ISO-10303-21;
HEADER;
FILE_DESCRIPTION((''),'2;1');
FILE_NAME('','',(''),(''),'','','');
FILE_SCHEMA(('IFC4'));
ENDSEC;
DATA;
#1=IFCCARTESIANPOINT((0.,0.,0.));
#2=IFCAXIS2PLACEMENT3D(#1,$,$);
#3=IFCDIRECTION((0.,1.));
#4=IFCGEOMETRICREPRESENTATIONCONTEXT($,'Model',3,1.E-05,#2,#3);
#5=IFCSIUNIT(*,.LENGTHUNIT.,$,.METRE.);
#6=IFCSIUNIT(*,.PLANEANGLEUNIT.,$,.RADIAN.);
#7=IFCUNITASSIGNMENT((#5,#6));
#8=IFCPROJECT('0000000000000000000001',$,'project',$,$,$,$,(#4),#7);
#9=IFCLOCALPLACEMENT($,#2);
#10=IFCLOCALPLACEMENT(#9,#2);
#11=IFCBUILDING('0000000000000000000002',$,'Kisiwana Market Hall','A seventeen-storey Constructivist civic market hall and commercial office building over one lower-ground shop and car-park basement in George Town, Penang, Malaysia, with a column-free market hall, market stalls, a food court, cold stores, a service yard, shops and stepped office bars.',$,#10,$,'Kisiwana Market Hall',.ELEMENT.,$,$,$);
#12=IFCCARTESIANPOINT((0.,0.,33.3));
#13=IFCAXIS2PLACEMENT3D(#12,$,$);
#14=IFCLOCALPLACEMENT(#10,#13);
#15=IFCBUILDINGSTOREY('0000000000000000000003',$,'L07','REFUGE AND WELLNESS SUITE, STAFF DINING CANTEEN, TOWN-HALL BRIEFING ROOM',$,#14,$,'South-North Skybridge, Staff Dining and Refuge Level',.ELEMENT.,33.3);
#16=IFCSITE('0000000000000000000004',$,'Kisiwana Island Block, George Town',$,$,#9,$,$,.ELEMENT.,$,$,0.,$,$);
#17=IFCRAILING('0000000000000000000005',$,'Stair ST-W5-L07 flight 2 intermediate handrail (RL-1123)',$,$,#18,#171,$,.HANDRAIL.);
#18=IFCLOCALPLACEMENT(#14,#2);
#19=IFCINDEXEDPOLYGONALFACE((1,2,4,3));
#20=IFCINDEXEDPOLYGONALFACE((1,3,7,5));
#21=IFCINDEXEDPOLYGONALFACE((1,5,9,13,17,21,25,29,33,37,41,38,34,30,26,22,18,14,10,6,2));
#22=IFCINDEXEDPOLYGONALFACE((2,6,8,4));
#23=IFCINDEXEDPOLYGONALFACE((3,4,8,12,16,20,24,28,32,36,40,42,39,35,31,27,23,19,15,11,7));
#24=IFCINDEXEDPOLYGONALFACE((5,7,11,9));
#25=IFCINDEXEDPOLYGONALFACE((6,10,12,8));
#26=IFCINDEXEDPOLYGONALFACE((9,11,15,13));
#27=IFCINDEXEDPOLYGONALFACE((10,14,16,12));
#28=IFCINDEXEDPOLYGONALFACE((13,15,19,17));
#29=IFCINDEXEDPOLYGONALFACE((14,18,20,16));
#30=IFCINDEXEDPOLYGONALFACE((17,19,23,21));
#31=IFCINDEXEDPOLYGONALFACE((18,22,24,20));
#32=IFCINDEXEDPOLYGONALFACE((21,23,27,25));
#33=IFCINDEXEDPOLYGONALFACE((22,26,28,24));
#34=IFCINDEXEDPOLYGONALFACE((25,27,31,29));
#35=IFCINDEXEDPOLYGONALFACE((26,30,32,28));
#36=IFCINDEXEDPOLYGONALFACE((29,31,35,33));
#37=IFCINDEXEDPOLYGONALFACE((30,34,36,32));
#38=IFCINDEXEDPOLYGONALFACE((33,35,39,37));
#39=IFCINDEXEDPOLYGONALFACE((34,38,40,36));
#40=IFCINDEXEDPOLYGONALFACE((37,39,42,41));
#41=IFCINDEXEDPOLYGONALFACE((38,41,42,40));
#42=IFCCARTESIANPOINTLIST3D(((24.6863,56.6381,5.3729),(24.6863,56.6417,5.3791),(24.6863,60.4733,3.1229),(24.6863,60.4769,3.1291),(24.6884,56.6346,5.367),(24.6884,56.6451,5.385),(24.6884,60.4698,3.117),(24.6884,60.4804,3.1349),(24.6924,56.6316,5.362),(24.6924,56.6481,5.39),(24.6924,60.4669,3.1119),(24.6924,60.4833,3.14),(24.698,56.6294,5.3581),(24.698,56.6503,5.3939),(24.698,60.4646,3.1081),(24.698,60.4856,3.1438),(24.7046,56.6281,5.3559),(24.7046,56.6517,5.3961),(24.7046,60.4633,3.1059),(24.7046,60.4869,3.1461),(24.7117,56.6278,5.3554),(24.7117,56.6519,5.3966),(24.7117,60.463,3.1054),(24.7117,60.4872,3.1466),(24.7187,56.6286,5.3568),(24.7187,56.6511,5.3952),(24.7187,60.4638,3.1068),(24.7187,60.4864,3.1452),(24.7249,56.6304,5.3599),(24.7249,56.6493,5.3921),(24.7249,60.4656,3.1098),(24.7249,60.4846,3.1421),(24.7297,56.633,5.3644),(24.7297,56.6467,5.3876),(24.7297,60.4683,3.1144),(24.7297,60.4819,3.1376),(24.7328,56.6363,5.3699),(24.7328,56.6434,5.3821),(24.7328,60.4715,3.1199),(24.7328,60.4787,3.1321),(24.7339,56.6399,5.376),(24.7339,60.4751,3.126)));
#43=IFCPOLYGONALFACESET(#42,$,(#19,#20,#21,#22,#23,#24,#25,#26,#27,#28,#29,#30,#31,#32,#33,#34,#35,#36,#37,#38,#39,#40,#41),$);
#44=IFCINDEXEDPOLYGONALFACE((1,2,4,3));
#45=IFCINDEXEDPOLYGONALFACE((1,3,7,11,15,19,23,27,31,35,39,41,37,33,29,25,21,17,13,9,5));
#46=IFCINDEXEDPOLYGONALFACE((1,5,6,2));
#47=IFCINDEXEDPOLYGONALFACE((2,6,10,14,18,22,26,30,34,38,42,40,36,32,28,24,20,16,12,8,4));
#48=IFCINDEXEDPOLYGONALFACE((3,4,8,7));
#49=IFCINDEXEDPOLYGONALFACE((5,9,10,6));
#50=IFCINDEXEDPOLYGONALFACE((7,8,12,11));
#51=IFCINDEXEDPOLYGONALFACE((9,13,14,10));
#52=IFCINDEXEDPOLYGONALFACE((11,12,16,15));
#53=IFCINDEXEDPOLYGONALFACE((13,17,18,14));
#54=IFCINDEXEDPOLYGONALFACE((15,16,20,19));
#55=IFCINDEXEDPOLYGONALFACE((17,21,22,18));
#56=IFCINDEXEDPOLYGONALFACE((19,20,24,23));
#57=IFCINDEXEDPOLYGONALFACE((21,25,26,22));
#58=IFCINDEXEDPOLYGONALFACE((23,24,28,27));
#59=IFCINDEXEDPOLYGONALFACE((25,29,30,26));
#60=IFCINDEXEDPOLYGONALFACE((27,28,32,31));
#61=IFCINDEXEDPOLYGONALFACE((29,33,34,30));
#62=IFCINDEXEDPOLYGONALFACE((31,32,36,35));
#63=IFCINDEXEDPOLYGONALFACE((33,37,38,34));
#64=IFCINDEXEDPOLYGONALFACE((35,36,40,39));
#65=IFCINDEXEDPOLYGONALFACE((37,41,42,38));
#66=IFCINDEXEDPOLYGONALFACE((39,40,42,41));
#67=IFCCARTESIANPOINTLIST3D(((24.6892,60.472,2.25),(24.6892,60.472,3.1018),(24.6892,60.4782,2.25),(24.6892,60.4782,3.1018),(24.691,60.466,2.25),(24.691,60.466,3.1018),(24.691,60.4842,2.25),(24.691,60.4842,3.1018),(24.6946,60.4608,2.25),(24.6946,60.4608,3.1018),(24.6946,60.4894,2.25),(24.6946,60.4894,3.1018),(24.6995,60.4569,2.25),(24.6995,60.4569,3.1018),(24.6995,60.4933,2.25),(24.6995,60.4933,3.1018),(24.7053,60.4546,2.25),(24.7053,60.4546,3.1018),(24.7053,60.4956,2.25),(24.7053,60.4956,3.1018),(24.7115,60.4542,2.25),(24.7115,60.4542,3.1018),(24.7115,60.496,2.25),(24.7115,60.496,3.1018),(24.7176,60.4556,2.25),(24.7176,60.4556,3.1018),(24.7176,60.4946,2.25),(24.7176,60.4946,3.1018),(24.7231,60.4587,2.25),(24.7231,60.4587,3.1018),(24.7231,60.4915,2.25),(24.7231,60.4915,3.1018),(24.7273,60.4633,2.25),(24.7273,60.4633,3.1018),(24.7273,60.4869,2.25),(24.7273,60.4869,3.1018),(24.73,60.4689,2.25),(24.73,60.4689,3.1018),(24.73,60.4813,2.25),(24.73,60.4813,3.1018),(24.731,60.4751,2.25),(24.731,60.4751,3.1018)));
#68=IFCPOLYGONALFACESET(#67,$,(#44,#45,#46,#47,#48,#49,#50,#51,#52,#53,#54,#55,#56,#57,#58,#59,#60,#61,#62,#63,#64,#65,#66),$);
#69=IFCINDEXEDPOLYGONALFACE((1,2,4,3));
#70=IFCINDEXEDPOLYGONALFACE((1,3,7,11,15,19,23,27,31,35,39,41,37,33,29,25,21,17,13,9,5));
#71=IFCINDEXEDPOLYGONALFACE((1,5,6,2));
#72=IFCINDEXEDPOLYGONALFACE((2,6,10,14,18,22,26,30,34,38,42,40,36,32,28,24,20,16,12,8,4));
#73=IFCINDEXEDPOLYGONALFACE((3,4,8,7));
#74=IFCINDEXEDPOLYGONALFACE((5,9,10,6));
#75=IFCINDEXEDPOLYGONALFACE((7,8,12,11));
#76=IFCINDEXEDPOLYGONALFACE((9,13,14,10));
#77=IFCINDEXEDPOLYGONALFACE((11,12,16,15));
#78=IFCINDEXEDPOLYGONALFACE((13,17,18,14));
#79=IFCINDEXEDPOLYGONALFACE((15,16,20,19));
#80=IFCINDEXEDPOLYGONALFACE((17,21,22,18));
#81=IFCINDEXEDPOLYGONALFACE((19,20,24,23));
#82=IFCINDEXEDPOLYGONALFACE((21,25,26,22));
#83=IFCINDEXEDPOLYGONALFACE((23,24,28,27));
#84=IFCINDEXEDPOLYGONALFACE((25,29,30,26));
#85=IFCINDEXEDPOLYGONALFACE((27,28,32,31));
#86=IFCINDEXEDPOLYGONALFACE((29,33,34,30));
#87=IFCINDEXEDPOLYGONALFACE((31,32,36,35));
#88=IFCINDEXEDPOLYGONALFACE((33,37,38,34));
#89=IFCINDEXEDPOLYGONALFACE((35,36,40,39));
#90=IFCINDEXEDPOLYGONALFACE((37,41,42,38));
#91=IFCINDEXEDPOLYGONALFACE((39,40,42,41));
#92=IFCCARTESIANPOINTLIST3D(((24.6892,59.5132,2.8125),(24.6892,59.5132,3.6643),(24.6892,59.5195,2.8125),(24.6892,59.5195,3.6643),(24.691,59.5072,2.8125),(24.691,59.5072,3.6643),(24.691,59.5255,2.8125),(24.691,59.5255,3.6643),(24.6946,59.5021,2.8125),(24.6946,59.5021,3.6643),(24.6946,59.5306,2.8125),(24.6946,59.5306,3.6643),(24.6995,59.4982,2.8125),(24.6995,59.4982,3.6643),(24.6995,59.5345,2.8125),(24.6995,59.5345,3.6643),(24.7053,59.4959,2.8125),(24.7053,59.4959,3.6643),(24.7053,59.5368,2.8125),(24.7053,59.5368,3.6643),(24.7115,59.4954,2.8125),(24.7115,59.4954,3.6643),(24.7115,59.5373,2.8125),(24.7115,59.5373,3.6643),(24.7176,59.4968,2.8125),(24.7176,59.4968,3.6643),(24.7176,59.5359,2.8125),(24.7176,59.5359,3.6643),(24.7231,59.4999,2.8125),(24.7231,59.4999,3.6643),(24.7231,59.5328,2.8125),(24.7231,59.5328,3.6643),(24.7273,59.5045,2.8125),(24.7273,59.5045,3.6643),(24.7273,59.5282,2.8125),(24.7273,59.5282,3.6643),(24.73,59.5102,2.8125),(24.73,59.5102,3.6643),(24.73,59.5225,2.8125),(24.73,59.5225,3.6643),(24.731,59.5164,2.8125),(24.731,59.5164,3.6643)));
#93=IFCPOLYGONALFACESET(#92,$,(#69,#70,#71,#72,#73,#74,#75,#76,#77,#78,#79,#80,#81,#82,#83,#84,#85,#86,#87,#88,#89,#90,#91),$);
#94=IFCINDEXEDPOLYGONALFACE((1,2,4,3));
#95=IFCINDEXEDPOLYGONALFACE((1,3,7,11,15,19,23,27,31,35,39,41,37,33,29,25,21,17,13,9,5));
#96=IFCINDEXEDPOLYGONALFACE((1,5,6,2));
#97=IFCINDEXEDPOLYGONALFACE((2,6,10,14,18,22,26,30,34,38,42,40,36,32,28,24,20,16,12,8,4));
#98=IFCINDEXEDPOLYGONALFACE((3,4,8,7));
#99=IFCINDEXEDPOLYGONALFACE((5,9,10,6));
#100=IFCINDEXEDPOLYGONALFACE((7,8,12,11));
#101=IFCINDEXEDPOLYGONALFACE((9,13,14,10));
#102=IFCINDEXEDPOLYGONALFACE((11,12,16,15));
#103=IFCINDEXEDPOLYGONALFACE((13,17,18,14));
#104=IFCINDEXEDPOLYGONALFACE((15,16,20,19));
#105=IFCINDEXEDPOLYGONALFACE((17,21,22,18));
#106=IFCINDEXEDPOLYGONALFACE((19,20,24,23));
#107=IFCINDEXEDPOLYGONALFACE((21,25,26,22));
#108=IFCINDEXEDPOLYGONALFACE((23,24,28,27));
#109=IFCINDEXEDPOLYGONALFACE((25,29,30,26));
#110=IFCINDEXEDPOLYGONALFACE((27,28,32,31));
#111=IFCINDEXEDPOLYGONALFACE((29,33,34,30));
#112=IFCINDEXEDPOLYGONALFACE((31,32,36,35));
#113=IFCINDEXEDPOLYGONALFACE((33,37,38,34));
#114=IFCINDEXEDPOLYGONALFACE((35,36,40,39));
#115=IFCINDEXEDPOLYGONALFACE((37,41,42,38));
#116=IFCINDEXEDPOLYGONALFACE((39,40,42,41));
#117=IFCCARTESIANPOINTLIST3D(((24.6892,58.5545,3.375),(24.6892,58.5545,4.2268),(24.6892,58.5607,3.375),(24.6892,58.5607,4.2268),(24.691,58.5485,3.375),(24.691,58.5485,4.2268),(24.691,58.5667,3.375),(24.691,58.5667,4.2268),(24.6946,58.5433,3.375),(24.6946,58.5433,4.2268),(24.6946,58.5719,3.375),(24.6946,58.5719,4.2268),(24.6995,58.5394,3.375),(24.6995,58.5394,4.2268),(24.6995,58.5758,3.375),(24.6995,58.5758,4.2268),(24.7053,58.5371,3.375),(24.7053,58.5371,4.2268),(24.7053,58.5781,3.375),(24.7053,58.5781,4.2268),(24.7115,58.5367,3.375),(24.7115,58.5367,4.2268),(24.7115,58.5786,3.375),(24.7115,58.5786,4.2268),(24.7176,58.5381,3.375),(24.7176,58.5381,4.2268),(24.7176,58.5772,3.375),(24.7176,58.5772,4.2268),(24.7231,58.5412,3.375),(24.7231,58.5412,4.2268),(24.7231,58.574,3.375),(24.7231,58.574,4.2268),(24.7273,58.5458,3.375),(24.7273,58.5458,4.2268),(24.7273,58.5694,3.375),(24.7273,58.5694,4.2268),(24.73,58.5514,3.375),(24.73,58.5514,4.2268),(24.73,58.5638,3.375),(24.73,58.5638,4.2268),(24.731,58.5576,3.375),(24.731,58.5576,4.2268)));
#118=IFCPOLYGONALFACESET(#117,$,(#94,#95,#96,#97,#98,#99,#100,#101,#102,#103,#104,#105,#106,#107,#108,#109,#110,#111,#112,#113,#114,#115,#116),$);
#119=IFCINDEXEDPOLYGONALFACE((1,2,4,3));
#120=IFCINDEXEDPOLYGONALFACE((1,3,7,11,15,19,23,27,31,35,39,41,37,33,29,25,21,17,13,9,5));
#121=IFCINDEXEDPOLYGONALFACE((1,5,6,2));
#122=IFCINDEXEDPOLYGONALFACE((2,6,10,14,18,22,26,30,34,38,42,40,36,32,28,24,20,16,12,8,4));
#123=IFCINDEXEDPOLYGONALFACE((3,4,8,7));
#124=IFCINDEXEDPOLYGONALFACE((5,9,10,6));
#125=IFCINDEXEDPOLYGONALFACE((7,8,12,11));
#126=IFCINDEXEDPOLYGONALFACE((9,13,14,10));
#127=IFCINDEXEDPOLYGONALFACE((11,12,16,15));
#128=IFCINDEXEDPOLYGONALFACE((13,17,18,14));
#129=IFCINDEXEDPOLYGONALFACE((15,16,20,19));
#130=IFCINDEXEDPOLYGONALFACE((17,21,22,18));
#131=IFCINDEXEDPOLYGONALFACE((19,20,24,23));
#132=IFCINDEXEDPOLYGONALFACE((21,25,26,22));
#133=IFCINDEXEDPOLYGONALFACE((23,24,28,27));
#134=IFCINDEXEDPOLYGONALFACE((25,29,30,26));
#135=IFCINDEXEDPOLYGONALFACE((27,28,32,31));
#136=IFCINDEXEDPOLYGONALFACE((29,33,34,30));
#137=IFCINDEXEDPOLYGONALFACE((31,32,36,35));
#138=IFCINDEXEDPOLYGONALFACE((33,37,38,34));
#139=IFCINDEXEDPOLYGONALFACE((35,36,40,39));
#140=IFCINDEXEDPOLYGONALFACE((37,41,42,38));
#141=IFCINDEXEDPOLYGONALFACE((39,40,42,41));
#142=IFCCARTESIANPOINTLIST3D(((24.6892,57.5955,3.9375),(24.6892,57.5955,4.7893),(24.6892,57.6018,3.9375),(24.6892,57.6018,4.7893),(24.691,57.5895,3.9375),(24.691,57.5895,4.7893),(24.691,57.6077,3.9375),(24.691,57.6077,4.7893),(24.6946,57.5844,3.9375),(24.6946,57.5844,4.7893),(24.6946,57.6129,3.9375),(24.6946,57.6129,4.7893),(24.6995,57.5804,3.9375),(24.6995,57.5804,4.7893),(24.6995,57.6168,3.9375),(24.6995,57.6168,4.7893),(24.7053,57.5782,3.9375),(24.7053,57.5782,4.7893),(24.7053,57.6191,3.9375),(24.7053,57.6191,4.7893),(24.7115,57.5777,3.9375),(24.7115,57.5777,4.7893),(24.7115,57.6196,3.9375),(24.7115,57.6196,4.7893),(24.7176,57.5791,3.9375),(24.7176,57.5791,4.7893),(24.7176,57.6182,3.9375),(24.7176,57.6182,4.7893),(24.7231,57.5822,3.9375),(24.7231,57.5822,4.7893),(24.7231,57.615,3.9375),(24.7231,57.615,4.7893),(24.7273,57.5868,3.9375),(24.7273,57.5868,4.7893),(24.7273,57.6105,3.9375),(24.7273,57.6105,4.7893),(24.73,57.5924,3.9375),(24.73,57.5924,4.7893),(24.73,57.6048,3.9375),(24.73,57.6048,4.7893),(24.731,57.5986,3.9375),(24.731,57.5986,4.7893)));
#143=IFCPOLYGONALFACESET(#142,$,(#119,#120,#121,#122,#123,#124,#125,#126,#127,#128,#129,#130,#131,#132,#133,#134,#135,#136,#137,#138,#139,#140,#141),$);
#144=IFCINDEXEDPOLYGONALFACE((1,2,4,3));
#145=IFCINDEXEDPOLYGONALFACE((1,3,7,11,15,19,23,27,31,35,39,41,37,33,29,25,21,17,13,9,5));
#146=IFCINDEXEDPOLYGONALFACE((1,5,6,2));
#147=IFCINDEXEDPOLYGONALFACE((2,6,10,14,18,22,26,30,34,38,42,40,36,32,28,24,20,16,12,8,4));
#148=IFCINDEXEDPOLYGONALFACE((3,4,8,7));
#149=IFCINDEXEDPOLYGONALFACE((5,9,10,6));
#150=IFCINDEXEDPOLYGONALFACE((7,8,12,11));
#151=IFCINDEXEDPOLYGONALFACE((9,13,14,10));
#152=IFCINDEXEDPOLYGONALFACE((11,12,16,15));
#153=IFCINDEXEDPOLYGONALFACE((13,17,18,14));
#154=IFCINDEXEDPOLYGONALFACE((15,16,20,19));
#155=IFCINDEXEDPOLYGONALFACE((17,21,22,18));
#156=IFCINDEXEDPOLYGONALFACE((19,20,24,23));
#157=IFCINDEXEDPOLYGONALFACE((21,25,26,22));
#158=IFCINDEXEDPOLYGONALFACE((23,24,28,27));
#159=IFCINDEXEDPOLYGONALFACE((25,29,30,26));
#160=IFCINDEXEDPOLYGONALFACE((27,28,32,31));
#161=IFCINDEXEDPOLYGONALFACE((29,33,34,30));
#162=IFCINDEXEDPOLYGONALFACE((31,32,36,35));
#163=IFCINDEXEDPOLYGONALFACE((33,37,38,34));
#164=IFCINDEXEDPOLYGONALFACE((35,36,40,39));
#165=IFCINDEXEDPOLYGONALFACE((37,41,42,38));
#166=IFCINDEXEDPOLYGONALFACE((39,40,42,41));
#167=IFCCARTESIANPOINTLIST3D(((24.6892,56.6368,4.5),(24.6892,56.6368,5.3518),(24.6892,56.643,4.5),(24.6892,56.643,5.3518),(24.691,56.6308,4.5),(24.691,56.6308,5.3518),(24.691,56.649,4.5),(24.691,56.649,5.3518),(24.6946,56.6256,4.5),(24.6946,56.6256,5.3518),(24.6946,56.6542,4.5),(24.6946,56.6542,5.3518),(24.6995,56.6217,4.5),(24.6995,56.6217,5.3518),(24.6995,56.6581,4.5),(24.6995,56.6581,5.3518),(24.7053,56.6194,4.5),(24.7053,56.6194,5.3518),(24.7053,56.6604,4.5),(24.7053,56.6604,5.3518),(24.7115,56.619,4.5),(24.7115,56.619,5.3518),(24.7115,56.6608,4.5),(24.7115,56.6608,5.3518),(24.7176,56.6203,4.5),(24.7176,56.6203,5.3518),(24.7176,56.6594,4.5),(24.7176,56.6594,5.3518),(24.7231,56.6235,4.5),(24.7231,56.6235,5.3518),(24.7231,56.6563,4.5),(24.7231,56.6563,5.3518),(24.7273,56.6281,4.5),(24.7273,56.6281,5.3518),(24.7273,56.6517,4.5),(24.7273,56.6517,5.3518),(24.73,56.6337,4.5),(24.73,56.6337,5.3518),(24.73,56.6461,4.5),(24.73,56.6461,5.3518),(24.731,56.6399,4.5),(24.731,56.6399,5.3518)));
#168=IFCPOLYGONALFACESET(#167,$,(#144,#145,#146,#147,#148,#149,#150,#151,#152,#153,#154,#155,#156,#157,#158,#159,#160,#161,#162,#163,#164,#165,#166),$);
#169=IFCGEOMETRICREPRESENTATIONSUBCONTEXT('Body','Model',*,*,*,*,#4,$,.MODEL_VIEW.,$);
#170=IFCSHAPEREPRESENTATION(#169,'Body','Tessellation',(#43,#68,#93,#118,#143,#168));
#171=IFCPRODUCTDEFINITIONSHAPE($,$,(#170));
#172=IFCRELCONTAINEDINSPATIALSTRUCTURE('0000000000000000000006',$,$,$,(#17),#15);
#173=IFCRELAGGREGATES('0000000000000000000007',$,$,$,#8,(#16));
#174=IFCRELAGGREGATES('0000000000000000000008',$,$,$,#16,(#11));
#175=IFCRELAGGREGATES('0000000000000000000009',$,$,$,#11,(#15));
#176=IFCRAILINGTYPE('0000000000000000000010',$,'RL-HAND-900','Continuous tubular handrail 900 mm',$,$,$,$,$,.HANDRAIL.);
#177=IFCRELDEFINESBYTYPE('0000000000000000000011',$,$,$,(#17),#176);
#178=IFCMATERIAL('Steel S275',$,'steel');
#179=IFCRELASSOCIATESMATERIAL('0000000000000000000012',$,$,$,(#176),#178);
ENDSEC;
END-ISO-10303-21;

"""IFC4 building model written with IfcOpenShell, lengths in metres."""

from ifc_helpers import new_model, si_unit, direction, frame, origin, origin_2d, place, context, subcontext, project, spatial, circle, extrude, material, type_object, element, save


model = new_model("IFC4")

# Units and contexts
model_context = context("Model", 3, precision=1e-05, world=origin(), true_north=direction((0.0, 1.0)))
body_context = subcontext(model_context, "Body", "Model", "MODEL_VIEW")
ifc_project = project(units=[si_unit("LENGTHUNIT", "METRE"), si_unit("PLANEANGLEUNIT", "RADIAN")], contexts=[model_context])

# Site, building, storey
site_placement = place(None, origin())
site = spatial("IfcSite", under=ifc_project, at=site_placement, Name="Kisiwana Island Block, George Town", CompositionType="ELEMENT", RefElevation=0.0)
building_placement = place(site_placement, origin())
building = spatial("IfcBuilding", under=site, at=building_placement, Name="Kisiwana Market Hall", Description="A seventeen-storey Constructivist civic market hall and commercial office building over one lower-ground shop and car-park basement in George Town, Penang, Malaysia, with a column-free market hall, market stalls, a food court, cold stores, a service yard, shops and stepped office bars.", LongName="Kisiwana Market Hall", CompositionType="ELEMENT")
storey_placement = place(building_placement, frame((0.0, 0.0, 33.3)))
storey = spatial("IfcBuildingStorey", under=building, at=storey_placement, Name="L07", Description="REFUGE AND WELLNESS SUITE, STAFF DINING CANTEEN, TOWN-HALL BRIEFING ROOM", LongName="South-North Skybridge, Staff Dining and Refuge Level", CompositionType="ELEMENT", Elevation=33.3)

# Railing
ifc_material_1 = material(Name="Steel S275", Category="steel")
railing_type_1 = type_object("IfcRailingType", Name="RL-HAND-900", Description="Continuous tubular handrail 900 mm", PredefinedType="HANDRAIL", material=ifc_material_1)
for number, where, name in (
    (1, (24.71, 60.4751, 2.25), "Stair ST-W5-L07 flight 2 intermediate handrail (RL-1123)"),
):
    element("IfcRailing", number, at=place(storey_placement, frame(where)), inside=storey, type_object=railing_type_1, Name=name, PredefinedType="HANDRAIL", context=body_context, shape_type="SweptSolid", body=[
        extrude(circle(Radius=0.0239, at=origin_2d()), frame((0.0, 0.0, 0.876), z_axis=(0.0, -0.862524, 0.506017), x_axis=(1.0, 0.0, 0.0)), (0.0, 0.0, 1.0), 4.4465),
        extrude(circle(Radius=0.021, at=origin_2d()), origin(), (0.0, 0.0, 1.0), 0.8518),
        extrude(circle(Radius=0.021, at=origin_2d()), frame((0.0, -0.9587, 0.5625)), (0.0, 0.0, 1.0), 0.8518),
        extrude(circle(Radius=0.021, at=origin_2d()), frame((0.0, -1.9175, 1.125)), (0.0, 0.0, 1.0), 0.8518),
        extrude(circle(Radius=0.021, at=origin_2d()), frame((0.0, -2.8765, 1.6875)), (0.0, 0.0, 1.0), 0.8518),
        extrude(circle(Radius=0.021, at=origin_2d()), frame((0.0, -3.8352, 2.25)), (0.0, 0.0, 1.0), 0.8518),
    ])

save(model, "model.ifc")
